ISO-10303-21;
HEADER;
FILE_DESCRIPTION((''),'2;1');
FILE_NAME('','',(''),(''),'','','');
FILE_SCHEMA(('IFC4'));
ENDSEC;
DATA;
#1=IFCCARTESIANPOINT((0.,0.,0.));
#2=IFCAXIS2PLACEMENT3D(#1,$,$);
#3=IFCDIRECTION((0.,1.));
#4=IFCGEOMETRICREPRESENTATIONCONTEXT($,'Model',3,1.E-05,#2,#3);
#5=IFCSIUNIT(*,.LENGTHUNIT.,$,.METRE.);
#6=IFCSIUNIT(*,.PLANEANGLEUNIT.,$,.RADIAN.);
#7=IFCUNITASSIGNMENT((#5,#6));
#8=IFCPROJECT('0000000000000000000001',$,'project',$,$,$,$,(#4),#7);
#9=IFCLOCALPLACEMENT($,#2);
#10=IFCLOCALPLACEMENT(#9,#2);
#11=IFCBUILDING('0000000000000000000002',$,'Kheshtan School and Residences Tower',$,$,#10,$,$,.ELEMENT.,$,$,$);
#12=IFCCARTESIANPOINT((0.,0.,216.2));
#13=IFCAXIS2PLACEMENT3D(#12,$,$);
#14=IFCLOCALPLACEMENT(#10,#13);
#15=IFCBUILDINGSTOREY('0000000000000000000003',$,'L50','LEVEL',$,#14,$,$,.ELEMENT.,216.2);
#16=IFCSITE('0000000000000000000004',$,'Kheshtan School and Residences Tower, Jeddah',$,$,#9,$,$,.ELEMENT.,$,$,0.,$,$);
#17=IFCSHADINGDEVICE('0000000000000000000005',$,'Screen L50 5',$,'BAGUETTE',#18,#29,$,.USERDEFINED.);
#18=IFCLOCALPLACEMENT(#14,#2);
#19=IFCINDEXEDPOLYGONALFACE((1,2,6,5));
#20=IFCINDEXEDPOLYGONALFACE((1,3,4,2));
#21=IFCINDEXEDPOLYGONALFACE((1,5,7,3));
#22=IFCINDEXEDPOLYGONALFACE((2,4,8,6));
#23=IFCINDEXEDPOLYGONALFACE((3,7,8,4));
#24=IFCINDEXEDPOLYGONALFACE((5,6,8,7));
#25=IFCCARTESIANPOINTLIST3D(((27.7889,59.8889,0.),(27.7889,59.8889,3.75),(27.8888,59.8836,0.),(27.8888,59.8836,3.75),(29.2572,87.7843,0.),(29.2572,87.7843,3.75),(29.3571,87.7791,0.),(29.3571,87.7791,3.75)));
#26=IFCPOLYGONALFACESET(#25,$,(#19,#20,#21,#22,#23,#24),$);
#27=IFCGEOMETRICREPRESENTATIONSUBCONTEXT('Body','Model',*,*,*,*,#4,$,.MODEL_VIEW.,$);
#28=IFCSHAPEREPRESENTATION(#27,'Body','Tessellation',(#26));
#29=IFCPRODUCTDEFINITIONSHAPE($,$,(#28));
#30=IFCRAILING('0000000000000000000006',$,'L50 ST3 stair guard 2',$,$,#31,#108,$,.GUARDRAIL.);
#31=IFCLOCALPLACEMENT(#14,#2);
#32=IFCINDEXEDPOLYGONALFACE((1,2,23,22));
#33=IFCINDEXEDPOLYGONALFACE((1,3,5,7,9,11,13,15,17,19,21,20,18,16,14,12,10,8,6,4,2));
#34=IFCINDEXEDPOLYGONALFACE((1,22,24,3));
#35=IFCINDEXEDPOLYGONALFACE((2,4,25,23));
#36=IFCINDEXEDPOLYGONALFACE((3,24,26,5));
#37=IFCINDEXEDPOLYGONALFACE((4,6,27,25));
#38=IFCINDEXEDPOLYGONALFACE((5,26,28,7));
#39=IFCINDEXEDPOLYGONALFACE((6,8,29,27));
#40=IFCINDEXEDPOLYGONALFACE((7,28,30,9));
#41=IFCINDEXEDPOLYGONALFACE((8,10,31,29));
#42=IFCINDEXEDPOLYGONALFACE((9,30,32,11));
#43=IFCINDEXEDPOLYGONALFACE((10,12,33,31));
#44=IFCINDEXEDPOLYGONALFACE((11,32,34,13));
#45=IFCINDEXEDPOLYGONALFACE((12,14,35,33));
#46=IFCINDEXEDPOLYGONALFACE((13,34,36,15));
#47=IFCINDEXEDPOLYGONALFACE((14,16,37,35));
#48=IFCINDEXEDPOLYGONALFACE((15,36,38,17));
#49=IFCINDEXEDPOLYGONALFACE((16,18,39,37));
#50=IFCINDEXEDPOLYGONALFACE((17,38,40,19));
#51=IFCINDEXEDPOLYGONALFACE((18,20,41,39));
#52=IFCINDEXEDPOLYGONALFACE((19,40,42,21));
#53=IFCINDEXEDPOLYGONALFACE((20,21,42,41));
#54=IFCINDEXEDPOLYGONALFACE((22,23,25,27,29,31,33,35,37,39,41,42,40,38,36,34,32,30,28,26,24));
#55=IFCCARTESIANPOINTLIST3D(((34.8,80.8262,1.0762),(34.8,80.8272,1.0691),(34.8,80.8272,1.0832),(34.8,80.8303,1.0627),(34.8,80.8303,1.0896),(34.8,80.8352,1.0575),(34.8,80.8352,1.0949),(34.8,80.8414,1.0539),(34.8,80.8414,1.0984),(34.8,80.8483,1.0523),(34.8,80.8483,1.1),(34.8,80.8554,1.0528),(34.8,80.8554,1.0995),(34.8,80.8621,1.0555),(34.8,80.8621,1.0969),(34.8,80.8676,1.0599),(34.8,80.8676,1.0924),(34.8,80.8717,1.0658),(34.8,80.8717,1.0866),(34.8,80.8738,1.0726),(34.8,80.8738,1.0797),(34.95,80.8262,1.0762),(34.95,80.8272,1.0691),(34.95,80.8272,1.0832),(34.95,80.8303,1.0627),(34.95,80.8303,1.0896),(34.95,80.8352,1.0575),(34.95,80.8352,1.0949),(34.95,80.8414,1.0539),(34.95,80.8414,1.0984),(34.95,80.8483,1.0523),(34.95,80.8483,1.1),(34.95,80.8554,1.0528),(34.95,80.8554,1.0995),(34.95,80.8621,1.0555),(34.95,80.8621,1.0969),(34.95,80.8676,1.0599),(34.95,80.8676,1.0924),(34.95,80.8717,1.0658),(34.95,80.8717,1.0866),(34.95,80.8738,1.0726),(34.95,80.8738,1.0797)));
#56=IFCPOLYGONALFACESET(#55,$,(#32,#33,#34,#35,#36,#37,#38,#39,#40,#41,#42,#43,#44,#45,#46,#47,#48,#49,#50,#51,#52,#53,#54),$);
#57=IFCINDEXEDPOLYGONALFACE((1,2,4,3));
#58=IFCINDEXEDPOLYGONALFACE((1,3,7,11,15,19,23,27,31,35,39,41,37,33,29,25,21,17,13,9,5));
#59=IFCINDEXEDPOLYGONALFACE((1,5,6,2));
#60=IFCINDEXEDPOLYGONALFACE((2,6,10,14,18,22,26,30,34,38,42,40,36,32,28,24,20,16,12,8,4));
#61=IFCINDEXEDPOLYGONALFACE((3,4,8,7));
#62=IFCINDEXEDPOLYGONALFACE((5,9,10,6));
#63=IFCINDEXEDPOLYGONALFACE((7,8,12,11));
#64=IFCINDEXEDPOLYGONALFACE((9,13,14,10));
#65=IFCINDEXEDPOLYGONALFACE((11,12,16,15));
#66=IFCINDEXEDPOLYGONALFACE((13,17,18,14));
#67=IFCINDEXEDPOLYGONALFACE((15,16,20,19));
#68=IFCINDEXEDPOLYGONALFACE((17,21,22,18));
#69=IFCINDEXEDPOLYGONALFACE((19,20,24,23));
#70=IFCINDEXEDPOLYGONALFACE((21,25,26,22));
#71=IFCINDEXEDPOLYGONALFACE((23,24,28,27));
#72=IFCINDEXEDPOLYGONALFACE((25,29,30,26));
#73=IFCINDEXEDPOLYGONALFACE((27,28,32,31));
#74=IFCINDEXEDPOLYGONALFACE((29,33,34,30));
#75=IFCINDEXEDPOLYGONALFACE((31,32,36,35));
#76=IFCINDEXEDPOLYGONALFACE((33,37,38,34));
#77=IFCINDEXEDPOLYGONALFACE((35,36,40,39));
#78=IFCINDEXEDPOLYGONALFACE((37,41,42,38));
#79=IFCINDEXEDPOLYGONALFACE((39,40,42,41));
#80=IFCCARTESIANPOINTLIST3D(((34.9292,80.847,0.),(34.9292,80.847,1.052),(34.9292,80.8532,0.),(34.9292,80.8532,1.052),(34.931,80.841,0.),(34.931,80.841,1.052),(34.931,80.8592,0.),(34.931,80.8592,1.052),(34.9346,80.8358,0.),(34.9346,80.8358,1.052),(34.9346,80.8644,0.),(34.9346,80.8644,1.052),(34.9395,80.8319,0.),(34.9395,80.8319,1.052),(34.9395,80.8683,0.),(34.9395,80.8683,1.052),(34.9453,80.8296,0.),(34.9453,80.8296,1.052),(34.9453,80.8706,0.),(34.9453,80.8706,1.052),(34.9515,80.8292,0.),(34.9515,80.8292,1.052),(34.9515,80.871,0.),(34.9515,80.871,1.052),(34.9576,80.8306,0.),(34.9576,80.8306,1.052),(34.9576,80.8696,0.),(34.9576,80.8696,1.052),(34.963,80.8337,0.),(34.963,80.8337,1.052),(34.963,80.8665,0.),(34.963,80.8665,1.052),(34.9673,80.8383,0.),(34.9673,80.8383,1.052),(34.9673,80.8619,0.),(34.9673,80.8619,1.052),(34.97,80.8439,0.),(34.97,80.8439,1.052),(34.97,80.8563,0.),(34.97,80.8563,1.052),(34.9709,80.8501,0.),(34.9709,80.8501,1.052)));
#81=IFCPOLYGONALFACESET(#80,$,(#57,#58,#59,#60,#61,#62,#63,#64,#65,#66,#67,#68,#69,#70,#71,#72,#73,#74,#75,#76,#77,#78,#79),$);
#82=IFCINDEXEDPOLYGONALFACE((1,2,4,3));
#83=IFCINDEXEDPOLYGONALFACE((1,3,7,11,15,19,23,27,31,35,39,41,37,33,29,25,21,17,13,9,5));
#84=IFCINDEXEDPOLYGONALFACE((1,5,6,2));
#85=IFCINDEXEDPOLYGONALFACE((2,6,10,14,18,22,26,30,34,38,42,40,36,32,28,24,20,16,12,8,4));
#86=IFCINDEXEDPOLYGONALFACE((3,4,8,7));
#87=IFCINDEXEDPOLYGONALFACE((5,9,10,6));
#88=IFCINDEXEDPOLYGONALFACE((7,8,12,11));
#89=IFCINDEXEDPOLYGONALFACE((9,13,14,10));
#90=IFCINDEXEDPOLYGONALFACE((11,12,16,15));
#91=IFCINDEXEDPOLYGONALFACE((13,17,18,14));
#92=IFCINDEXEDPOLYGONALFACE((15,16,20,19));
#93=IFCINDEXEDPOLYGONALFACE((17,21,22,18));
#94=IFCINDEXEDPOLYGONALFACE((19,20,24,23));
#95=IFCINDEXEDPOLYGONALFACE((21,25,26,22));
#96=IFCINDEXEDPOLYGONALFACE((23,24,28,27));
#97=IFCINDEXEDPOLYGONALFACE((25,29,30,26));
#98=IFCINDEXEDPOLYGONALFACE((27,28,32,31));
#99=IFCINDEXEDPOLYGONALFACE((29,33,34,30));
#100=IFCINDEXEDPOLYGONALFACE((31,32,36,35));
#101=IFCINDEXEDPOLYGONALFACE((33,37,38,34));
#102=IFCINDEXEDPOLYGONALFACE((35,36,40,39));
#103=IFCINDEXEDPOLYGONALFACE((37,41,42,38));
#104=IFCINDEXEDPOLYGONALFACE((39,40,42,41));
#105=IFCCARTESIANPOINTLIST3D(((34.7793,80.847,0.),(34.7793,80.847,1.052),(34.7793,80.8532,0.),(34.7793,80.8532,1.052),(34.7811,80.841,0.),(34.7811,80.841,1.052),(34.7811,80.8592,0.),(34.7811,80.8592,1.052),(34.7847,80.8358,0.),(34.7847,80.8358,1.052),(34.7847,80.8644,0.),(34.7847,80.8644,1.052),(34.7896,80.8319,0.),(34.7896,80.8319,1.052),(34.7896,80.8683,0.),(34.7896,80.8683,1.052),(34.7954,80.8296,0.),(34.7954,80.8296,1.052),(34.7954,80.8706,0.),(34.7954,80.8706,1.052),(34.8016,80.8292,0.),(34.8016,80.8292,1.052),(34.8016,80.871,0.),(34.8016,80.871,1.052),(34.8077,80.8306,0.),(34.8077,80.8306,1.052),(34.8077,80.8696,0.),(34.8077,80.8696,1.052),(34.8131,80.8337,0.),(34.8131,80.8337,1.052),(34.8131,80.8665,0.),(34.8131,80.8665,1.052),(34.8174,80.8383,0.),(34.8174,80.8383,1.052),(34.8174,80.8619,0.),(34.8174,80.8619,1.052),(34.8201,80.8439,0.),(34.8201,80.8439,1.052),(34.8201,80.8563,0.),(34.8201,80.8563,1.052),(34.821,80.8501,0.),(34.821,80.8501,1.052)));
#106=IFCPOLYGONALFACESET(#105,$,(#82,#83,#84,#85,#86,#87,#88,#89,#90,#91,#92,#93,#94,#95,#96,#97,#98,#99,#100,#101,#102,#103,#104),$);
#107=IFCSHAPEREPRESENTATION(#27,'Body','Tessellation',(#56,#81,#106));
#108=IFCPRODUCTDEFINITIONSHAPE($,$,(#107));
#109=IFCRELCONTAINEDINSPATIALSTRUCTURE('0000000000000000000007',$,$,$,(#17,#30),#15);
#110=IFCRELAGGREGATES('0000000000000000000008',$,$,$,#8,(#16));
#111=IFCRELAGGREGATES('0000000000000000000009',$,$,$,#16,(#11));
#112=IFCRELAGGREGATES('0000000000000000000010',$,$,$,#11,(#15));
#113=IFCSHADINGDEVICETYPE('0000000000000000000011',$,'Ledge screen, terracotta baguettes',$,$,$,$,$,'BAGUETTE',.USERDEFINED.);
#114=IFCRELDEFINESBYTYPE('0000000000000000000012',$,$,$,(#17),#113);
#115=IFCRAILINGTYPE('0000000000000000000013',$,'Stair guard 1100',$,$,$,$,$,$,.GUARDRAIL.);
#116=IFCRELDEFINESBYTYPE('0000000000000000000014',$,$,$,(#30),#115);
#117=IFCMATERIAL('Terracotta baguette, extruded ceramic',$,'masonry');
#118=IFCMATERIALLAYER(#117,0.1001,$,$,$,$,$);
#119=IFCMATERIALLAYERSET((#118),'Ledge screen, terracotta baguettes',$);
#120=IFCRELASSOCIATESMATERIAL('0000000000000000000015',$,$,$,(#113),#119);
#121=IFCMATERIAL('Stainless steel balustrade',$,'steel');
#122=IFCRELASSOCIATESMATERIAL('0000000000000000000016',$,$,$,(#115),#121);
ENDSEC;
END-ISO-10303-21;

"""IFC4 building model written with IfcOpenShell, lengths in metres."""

from ifc_helpers import new_model, si_unit, direction, frame, origin, origin_2d, place, context, subcontext, project, spatial, rectangle, circle, extrude, material, layer, layer_set, type_object, element, save


model = new_model("IFC4")

# Units and contexts
model_context = context("Model", 3, precision=1e-05, world=origin(), true_north=direction((0.0, 1.0)))
body_context = subcontext(model_context, "Body", "Model", "MODEL_VIEW")
ifc_project = project(units=[si_unit("LENGTHUNIT", "METRE"), si_unit("PLANEANGLEUNIT", "RADIAN")], contexts=[model_context])

# Site, building, storey
site_placement = place(None, origin())
site = spatial("IfcSite", under=ifc_project, at=site_placement, Name="Kheshtan School and Residences Tower, Jeddah", CompositionType="ELEMENT", RefElevation=0.0)
building_placement = place(site_placement, origin())
building = spatial("IfcBuilding", under=site, at=building_placement, Name="Kheshtan School and Residences Tower", CompositionType="ELEMENT")
storey_placement = place(building_placement, frame((0.0, 0.0, 216.2)))
storey = spatial("IfcBuildingStorey", under=building, at=storey_placement, Name="L50", Description="LEVEL", CompositionType="ELEMENT", Elevation=216.2)

# Shading device
ifc_material_1 = material(Name="Terracotta baguette, extruded ceramic", Category="masonry")
ifc_layer_1 = layer(ifc_material_1, 0.1001)
ifc_layer_set_1 = layer_set([ifc_layer_1], Name="Ledge screen, terracotta baguettes")
shading_device_type = type_object("IfcShadingDeviceType", Name="Ledge screen, terracotta baguettes", ElementType="BAGUETTE", PredefinedType="USERDEFINED", material=ifc_layer_set_1)
shading_device_placement = place(storey_placement, frame((28.573, 73.834, 0.0), z_axis=(0.0, 0.0, 1.0), x_axis=(0.052563, 0.998618, 0.0)))
element("IfcShadingDevice", 1, at=shading_device_placement, inside=storey, type_object=shading_device_type, Name="Screen L50 5", ObjectType="BAGUETTE", PredefinedType="USERDEFINED", context=body_context, shape_type="SweptSolid", body=[
    extrude(rectangle(XDim=27.9341, YDim=0.1001, at=origin_2d()), origin(), (0.0, 0.0, 1.0), 3.75),
])

# Railing
ifc_material_2 = material(Name="Stainless steel balustrade", Category="steel")
railing_type = type_object("IfcRailingType", Name="Stair guard 1100", PredefinedType="GUARDRAIL", material=ifc_material_2)
railing_1_placement = place(storey_placement, frame((34.95, 80.8501, 0.0)))
element("IfcRailing", 2, at=railing_1_placement, inside=storey, type_object=railing_type, Name="L50 ST3 stair guard 2", PredefinedType="GUARDRAIL", context=body_context, shape_type="SweptSolid", body=[
    extrude(circle(Radius=0.0239, at=origin_2d()), frame((0.0, 0.0, 1.0762), z_axis=(-1.0, 0.0, 0.0), x_axis=(0.0, -1.0, 0.0)), (0.0, 0.0, 1.0), 0.1499),
    extrude(circle(Radius=0.021, at=origin_2d()), origin(), (0.0, 0.0, 1.0), 1.052),
    extrude(circle(Radius=0.021, at=origin_2d()), frame((-0.1499, 0.0, 0.0)), (0.0, 0.0, 1.0), 1.052),
])

save(model, "model.ifc")
